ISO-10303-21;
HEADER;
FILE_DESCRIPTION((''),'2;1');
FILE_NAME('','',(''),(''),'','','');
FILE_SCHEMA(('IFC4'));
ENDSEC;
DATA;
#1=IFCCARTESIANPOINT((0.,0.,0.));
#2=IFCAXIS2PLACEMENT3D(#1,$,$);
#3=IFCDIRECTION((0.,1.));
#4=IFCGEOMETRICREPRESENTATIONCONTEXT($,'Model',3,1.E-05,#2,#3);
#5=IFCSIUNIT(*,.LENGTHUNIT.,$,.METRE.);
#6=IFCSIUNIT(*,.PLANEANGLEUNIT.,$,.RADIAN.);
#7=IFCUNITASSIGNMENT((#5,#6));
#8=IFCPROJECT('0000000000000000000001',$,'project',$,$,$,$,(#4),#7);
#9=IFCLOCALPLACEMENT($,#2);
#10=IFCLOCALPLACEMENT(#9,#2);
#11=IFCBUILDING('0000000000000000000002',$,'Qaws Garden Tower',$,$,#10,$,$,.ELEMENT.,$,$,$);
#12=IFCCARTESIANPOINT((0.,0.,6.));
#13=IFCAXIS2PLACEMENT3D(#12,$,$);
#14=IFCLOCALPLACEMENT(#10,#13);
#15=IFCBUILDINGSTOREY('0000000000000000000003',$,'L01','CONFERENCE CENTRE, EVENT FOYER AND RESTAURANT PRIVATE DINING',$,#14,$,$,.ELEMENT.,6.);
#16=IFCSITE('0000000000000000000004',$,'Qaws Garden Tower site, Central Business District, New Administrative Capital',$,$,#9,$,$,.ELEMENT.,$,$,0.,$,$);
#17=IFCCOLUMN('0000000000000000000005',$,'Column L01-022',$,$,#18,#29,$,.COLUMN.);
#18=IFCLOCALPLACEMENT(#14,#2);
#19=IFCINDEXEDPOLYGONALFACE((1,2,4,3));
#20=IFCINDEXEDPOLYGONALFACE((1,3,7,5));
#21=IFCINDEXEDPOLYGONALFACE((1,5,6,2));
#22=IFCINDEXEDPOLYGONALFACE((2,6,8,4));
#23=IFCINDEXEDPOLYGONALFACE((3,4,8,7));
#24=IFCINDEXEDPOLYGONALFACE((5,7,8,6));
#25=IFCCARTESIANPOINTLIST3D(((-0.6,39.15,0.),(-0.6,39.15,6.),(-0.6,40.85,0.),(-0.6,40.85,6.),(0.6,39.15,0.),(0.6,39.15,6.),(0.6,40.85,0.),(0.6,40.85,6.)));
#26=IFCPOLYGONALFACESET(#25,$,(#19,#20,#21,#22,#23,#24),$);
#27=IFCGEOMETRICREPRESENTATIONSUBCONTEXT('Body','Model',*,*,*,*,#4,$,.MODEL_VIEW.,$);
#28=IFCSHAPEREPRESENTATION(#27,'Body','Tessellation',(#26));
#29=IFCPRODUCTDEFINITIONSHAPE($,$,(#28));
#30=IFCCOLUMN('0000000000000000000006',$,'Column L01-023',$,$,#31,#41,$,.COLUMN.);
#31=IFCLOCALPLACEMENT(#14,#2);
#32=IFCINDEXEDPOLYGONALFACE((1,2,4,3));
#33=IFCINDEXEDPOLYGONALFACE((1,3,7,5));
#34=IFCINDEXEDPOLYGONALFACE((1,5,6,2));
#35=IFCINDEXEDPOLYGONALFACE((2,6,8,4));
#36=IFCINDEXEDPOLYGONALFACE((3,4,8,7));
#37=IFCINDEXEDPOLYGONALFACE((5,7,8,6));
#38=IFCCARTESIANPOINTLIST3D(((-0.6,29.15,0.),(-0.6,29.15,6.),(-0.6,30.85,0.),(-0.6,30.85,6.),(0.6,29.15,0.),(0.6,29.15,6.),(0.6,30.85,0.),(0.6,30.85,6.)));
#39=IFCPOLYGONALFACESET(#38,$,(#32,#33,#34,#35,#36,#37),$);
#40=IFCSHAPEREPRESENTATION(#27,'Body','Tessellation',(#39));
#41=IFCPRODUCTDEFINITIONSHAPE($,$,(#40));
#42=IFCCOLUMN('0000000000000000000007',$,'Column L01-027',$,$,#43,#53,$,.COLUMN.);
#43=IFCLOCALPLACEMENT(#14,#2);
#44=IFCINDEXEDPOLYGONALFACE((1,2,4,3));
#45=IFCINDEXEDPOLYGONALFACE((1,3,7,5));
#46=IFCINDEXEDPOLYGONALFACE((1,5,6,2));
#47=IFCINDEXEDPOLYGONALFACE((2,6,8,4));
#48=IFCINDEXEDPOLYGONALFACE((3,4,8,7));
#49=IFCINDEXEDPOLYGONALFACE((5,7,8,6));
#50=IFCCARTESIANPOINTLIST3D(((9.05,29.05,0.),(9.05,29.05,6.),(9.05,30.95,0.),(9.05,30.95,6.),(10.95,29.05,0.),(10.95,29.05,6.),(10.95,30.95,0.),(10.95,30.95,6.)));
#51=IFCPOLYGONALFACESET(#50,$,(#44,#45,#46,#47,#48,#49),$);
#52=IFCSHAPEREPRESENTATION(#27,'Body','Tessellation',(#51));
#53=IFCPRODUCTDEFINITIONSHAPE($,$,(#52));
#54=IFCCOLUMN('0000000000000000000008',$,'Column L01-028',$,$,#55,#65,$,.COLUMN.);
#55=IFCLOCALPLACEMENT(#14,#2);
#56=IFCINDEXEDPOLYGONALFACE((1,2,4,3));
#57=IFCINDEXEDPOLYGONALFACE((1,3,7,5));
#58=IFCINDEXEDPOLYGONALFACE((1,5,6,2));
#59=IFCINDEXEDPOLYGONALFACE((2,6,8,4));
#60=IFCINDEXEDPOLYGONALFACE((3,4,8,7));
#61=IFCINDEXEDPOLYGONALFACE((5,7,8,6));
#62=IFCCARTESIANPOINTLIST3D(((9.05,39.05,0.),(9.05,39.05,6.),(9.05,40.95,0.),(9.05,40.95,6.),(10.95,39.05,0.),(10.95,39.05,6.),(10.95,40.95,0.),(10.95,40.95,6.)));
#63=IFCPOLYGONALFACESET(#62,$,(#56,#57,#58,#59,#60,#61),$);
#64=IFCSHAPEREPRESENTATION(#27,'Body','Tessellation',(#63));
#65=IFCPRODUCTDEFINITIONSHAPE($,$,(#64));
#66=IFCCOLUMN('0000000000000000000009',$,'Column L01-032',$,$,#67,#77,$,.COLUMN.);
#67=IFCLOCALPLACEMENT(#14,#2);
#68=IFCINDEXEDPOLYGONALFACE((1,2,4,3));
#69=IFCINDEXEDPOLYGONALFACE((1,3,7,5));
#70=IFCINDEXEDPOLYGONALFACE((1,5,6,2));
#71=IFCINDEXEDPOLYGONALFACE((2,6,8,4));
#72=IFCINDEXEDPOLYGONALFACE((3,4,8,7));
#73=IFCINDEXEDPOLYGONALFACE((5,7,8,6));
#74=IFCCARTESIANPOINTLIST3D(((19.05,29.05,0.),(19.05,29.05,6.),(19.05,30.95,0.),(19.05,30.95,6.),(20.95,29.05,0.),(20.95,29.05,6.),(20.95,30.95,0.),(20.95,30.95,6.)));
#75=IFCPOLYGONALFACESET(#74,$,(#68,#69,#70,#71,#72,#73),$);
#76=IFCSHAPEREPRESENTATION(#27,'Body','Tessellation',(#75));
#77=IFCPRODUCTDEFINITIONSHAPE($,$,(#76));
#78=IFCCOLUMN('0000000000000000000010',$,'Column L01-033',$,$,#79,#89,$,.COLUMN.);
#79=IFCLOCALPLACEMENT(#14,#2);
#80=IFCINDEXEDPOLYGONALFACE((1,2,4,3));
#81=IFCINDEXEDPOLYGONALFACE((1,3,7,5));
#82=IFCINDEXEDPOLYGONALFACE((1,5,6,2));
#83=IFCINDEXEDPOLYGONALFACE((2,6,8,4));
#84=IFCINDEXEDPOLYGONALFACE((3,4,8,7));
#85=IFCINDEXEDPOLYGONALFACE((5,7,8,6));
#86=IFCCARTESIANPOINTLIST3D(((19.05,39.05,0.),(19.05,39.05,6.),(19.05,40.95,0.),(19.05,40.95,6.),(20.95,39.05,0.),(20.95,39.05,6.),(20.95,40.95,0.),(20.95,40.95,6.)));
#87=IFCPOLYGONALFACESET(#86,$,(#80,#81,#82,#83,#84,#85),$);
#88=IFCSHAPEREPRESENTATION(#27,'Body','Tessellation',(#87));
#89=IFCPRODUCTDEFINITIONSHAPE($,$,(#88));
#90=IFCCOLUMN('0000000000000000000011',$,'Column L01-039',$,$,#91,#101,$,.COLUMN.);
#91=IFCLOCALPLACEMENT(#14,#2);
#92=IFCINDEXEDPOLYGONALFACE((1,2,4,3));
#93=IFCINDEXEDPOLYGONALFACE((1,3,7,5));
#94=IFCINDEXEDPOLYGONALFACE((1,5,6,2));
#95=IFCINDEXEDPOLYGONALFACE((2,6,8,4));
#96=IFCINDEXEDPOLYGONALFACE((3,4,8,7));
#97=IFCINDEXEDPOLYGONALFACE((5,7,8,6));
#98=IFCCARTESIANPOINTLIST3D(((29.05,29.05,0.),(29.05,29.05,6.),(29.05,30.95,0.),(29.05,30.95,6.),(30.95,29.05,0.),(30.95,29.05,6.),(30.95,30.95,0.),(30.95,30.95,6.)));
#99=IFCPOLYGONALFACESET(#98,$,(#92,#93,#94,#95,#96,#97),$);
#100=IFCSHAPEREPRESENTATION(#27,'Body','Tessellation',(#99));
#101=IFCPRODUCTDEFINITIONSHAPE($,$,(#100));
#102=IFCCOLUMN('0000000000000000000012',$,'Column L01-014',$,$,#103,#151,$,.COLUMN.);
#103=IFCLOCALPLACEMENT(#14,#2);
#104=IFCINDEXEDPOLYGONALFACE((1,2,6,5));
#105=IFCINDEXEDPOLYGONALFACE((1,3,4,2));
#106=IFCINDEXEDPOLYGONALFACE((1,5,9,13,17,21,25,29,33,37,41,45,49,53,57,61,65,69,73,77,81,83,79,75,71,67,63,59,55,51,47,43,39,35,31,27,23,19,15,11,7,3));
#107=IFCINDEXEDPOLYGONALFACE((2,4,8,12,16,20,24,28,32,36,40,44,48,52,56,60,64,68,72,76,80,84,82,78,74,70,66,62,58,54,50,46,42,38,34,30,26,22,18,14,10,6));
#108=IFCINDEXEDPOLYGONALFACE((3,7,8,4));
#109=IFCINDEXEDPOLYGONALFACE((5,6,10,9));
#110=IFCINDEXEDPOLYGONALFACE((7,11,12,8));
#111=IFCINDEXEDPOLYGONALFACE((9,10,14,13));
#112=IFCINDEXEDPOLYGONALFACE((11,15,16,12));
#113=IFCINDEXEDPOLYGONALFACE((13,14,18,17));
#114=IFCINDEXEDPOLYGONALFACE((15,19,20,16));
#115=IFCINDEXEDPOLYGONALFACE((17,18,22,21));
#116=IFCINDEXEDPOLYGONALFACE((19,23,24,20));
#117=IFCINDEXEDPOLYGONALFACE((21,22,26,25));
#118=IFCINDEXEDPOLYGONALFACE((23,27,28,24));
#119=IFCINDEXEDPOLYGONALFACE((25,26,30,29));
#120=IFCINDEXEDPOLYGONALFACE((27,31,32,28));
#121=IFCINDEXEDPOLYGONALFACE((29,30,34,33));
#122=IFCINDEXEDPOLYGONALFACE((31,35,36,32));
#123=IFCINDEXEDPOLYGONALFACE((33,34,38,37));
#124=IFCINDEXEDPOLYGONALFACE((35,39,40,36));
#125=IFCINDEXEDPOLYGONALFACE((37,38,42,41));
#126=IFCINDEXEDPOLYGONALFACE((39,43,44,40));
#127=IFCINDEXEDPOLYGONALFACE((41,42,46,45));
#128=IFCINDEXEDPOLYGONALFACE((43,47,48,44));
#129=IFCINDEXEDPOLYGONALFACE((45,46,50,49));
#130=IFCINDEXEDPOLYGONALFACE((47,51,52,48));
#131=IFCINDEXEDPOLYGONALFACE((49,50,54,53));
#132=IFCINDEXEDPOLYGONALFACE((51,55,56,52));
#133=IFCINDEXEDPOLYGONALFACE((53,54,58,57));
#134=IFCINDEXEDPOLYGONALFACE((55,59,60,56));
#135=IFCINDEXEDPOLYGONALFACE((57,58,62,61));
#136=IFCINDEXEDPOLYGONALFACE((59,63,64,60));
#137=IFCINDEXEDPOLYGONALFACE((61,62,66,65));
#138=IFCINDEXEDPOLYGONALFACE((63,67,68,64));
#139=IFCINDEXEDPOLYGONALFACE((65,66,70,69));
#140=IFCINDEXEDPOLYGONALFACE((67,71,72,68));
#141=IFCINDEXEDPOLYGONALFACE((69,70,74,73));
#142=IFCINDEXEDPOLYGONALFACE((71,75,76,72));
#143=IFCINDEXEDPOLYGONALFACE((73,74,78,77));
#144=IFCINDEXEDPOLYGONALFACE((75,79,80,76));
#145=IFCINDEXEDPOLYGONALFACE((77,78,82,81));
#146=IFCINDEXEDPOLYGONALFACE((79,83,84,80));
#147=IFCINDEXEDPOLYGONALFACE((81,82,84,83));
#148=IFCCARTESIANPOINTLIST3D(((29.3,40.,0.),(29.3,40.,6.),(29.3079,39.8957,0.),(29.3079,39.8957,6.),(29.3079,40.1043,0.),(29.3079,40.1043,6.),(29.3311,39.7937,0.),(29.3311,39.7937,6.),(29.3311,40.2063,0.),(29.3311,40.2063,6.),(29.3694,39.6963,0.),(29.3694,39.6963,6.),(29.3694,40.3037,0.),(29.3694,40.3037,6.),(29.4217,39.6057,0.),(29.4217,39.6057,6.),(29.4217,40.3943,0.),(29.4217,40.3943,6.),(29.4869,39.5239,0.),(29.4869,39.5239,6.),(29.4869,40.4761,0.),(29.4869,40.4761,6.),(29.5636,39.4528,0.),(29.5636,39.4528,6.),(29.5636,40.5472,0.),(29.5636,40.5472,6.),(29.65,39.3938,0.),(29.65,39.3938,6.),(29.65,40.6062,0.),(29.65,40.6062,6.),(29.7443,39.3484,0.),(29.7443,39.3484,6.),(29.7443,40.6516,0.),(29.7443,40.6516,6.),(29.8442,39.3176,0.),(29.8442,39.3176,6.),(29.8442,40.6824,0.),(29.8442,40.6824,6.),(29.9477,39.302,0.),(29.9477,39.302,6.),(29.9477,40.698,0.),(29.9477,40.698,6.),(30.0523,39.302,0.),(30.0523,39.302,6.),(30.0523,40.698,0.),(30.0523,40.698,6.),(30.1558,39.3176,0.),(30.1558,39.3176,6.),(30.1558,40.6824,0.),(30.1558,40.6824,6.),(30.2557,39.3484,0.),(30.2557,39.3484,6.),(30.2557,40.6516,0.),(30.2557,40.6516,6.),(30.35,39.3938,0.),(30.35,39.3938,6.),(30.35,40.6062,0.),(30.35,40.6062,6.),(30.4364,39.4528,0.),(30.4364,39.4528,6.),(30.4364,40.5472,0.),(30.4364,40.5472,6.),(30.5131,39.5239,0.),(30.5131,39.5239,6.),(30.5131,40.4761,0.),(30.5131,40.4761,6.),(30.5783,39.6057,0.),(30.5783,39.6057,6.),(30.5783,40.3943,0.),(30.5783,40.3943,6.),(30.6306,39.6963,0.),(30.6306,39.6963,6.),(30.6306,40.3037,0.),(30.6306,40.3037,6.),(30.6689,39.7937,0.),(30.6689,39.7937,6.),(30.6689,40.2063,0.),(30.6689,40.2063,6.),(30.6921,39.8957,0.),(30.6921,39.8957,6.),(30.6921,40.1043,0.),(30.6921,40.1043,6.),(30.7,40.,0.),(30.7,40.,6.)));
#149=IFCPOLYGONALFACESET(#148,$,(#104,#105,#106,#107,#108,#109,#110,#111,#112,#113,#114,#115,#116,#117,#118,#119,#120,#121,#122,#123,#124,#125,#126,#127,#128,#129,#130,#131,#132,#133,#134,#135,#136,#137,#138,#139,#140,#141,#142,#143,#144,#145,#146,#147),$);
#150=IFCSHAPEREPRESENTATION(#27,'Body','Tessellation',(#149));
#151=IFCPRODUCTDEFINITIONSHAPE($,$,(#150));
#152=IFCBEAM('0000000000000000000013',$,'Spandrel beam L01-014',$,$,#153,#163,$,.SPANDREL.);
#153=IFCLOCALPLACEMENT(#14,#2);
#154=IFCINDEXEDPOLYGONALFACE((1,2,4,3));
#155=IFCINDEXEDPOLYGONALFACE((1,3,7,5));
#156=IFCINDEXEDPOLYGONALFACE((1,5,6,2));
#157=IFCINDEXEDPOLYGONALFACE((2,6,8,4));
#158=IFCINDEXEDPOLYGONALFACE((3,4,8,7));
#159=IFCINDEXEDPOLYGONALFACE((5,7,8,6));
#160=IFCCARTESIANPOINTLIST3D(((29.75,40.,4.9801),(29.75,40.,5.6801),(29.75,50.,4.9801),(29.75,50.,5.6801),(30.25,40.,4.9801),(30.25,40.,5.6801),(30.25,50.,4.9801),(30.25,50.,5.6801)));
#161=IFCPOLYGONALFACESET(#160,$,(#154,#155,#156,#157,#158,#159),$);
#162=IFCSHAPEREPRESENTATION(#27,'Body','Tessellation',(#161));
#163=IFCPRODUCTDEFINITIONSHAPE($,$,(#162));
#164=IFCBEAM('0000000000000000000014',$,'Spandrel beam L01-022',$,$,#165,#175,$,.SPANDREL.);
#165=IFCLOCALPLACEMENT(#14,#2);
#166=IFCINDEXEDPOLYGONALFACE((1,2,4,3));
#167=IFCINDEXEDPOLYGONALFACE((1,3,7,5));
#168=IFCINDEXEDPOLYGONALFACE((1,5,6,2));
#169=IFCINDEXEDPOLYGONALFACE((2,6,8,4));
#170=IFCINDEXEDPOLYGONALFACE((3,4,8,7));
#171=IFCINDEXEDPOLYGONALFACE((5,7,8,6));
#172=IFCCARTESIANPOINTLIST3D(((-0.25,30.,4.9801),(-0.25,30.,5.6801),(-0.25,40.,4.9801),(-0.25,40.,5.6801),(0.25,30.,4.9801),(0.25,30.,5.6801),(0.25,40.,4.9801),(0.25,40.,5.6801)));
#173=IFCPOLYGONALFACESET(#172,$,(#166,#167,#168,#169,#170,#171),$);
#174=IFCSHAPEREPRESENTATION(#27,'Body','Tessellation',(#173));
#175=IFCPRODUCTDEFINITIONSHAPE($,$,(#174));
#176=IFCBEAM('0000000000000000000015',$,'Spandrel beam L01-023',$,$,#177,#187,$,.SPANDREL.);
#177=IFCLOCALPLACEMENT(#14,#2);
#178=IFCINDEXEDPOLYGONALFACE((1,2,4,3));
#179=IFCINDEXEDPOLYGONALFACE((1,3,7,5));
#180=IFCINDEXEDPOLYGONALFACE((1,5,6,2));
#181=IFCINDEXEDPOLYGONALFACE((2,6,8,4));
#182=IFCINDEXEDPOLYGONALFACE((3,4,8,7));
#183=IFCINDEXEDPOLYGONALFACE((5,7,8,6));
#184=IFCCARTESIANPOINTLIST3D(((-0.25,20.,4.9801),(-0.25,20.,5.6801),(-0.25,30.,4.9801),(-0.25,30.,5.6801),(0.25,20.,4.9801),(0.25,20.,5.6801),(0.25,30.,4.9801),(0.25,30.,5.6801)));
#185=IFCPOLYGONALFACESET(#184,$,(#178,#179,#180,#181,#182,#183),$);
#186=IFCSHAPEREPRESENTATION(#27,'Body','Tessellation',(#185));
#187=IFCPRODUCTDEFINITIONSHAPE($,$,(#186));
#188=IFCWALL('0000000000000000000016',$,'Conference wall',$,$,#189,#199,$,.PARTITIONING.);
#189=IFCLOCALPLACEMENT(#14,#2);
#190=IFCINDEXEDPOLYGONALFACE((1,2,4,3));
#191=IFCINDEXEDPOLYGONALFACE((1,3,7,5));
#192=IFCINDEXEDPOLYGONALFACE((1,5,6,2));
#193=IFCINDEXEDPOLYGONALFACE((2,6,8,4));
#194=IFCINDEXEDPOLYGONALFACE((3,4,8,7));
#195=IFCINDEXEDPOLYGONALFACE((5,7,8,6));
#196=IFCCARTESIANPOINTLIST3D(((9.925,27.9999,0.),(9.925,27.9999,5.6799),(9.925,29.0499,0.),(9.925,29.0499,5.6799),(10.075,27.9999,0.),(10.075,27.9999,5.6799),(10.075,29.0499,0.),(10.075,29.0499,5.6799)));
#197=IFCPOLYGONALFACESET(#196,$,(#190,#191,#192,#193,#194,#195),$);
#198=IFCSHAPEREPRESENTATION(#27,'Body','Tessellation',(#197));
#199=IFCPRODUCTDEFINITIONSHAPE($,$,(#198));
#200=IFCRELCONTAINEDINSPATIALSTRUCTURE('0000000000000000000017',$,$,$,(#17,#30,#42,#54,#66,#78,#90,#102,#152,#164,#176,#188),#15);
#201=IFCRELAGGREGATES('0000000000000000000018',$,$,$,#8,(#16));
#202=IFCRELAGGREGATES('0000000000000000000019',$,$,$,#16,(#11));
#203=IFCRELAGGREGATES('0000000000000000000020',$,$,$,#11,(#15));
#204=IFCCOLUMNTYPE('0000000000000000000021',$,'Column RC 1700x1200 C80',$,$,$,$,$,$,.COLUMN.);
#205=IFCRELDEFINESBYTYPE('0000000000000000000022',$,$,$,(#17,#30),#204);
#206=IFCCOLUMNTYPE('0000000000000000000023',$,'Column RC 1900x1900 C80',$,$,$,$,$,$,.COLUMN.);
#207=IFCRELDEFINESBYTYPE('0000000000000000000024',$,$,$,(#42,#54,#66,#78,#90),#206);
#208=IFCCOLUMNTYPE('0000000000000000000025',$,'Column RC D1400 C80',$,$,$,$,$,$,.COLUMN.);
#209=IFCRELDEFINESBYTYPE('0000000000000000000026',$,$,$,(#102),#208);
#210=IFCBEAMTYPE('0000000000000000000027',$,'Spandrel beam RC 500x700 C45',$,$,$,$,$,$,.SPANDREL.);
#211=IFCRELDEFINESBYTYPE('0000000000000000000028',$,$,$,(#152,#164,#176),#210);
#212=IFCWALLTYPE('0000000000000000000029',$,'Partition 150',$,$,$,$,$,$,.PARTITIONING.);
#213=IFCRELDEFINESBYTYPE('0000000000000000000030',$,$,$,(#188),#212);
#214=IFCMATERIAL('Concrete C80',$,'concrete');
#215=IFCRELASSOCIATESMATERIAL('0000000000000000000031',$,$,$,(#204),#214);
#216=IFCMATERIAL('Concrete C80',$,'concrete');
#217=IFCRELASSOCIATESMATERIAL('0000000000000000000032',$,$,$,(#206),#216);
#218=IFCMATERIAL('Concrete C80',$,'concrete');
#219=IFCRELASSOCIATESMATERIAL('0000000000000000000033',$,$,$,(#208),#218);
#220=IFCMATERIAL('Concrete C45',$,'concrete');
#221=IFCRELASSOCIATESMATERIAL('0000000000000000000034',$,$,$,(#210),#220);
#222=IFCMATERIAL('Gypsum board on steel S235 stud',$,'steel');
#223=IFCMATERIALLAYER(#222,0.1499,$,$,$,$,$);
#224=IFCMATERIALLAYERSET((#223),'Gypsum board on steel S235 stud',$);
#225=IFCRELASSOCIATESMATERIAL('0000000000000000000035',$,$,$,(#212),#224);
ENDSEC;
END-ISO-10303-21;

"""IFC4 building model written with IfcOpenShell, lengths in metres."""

from ifc_helpers import new_model, si_unit, direction, frame, frame_2d, origin, origin_2d, place, context, subcontext, project, spatial, rectangle, circle, extrude, material, layer, layer_set, material_profile, profile_set, type_object, element, save


model = new_model("IFC4")

# Units and contexts
model_context = context("Model", 3, precision=1e-05, world=origin(), true_north=direction((0.0, 1.0)))
body_context = subcontext(model_context, "Body", "Model", "MODEL_VIEW")
ifc_project = project(units=[si_unit("LENGTHUNIT", "METRE"), si_unit("PLANEANGLEUNIT", "RADIAN")], contexts=[model_context])

# Site, building, storey
site_placement = place(None, origin())
site = spatial("IfcSite", under=ifc_project, at=site_placement, Name="Qaws Garden Tower site, Central Business District, New Administrative Capital", CompositionType="ELEMENT", RefElevation=0.0)
building_placement = place(site_placement, origin())
building = spatial("IfcBuilding", under=site, at=building_placement, Name="Qaws Garden Tower", CompositionType="ELEMENT")
storey_placement = place(building_placement, frame((0.0, 0.0, 6.0)))
storey = spatial("IfcBuildingStorey", under=building, at=storey_placement, Name="L01", Description="CONFERENCE CENTRE, EVENT FOYER AND RESTAURANT PRIVATE DINING", CompositionType="ELEMENT", Elevation=6.0)

# Columns
ifc_material_1 = material(Name="Concrete C80", Category="concrete")
ifc_material_profile_1 = material_profile(ifc_material_1, rectangle(XDim=1.7, YDim=1.2, at=origin_2d()), Name="RC 1700x1200")
ifc_profile_set_1 = profile_set([ifc_material_profile_1], Name="Concrete C80")
column_type_1 = type_object("IfcColumnType", Name="Column RC 1700x1200 C80", PredefinedType="COLUMN", material=ifc_profile_set_1)
for number, where, z_axis, x_axis, name in (
    (1, (0.0, 40.0, 0.0), (0.0, 0.0, 1.0), (0.0, 1.0, 0.0), "Column L01-022"),
    (2, (0.0, 30.0, 0.0), (0.0, 0.0, 1.0), (0.0, 1.0, 0.0), "Column L01-023"),
):
    element("IfcColumn", number, at=place(storey_placement, frame(where, z_axis=z_axis, x_axis=x_axis)), inside=storey, type_object=column_type_1, Name=name, PredefinedType="COLUMN", context=body_context, shape_type="SweptSolid", body=[
        extrude(rectangle(XDim=1.7, YDim=1.2, at=origin_2d()), origin(), (0.0, 0.0, 1.0), 6.0),
    ])
ifc_material_2 = material(Name="Concrete C80", Category="concrete")
ifc_material_profile_2 = material_profile(ifc_material_2, rectangle(XDim=1.8999, YDim=1.8999, at=origin_2d()), Name="RC 1900x1900")
ifc_profile_set_2 = profile_set([ifc_material_profile_2], Name="Concrete C80")
column_type_2 = type_object("IfcColumnType", Name="Column RC 1900x1900 C80", PredefinedType="COLUMN", material=ifc_profile_set_2)
for number, where, z_axis, x_axis, name in (
    (3, (10.0, 30.0, 0.0), (0.0, 0.0, 1.0), (1.0, 0.0, 0.0), "Column L01-027"),
    (4, (10.0, 40.0, 0.0), (0.0, 0.0, 1.0), (1.0, 0.0, 0.0), "Column L01-028"),
    (5, (20.0, 30.0, 0.0), (0.0, 0.0, 1.0), (1.0, 0.0, 0.0), "Column L01-032"),
    (6, (20.0, 40.0, 0.0), (0.0, 0.0, 1.0), (1.0, 0.0, 0.0), "Column L01-033"),
    (7, (30.0, 30.0, 0.0), (0.0, 0.0, 1.0), (1.0, 0.0, 0.0), "Column L01-039"),
):
    element("IfcColumn", number, at=place(storey_placement, frame(where, z_axis=z_axis, x_axis=x_axis)), inside=storey, type_object=column_type_2, Name=name, PredefinedType="COLUMN", context=body_context, shape_type="SweptSolid", body=[
        extrude(rectangle(XDim=1.8999, YDim=1.8999, at=origin_2d()), origin(), (0.0, 0.0, 1.0), 6.0),
    ])
ifc_material_3 = material(Name="Concrete C80", Category="concrete")
ifc_material_profile_3 = material_profile(ifc_material_3, circle(Radius=0.7, at=origin_2d()), Name="RC D1400")
ifc_profile_set_3 = profile_set([ifc_material_profile_3], Name="Concrete C80")
column_type_3 = type_object("IfcColumnType", Name="Column RC D1400 C80", PredefinedType="COLUMN", material=ifc_profile_set_3)
column_placement = place(storey_placement, frame((30.0, 40.0, 0.0), z_axis=(0.0, 0.0, 1.0), x_axis=(1.0, 0.0, 0.0)))
element("IfcColumn", 8, at=column_placement, inside=storey, type_object=column_type_3, Name="Column L01-014", PredefinedType="COLUMN", context=body_context, shape_type="SweptSolid", body=[
    extrude(circle(Radius=0.7, at=origin_2d()), origin(), (0.0, 0.0, 1.0), 6.0),
])

# Beams
ifc_material_4 = material(Name="Concrete C45", Category="concrete")
ifc_material_profile_4 = material_profile(ifc_material_4, rectangle(XDim=0.5, YDim=0.7, at=origin_2d()), Name="RC 500x700")
ifc_profile_set_4 = profile_set([ifc_material_profile_4], Name="Concrete C45")
beam_type = type_object("IfcBeamType", Name="Spandrel beam RC 500x700 C45", PredefinedType="SPANDREL", material=ifc_profile_set_4)
for number, where, z_axis, x_axis, name in (
    (9, (30.0, 40.0, 5.3301), (0.0, 1.0, 0.0), (-1.0, 0.0, 0.0), "Spandrel beam L01-014"),
    (10, (0.0, 40.0, 5.3301), (0.0, -1.0, 0.0), (1.0, 0.0, 0.0), "Spandrel beam L01-022"),
    (11, (0.0, 30.0, 5.3301), (0.0, -1.0, 0.0), (1.0, 0.0, 0.0), "Spandrel beam L01-023"),
):
    element("IfcBeam", number, at=place(storey_placement, frame(where, z_axis=z_axis, x_axis=x_axis)), inside=storey, type_object=beam_type, Name=name, PredefinedType="SPANDREL", context=body_context, shape_type="SweptSolid", body=[
        extrude(rectangle(XDim=0.5, YDim=0.7, at=origin_2d()), origin(), (0.0, 0.0, 1.0), 10.0),
    ])

# Wall
ifc_material_5 = material(Name="Gypsum board on steel S235 stud", Category="steel")
ifc_layer_1 = layer(ifc_material_5, 0.1499)
ifc_layer_set_1 = layer_set([ifc_layer_1], Name="Gypsum board on steel S235 stud")
wall_type_1 = type_object("IfcWallType", Name="Partition 150", PredefinedType="PARTITIONING", material=ifc_layer_set_1)
wall_1_placement = place(storey_placement, frame((10.0, 28.0, 0.0), z_axis=(0.0, 0.0, 1.0), x_axis=(0.0, 1.0, 0.0)))
element("IfcWall", 12, at=wall_1_placement, inside=storey, type_object=wall_type_1, Name="Conference wall", PredefinedType="PARTITIONING", context=body_context, shape_type="SweptSolid", body=[
    extrude(rectangle(XDim=1.05, YDim=0.1499, at=frame_2d((0.5249, 0.0))), origin(), (0.0, 0.0, 1.0), 5.6799),
])

save(model, "model.ifc")
